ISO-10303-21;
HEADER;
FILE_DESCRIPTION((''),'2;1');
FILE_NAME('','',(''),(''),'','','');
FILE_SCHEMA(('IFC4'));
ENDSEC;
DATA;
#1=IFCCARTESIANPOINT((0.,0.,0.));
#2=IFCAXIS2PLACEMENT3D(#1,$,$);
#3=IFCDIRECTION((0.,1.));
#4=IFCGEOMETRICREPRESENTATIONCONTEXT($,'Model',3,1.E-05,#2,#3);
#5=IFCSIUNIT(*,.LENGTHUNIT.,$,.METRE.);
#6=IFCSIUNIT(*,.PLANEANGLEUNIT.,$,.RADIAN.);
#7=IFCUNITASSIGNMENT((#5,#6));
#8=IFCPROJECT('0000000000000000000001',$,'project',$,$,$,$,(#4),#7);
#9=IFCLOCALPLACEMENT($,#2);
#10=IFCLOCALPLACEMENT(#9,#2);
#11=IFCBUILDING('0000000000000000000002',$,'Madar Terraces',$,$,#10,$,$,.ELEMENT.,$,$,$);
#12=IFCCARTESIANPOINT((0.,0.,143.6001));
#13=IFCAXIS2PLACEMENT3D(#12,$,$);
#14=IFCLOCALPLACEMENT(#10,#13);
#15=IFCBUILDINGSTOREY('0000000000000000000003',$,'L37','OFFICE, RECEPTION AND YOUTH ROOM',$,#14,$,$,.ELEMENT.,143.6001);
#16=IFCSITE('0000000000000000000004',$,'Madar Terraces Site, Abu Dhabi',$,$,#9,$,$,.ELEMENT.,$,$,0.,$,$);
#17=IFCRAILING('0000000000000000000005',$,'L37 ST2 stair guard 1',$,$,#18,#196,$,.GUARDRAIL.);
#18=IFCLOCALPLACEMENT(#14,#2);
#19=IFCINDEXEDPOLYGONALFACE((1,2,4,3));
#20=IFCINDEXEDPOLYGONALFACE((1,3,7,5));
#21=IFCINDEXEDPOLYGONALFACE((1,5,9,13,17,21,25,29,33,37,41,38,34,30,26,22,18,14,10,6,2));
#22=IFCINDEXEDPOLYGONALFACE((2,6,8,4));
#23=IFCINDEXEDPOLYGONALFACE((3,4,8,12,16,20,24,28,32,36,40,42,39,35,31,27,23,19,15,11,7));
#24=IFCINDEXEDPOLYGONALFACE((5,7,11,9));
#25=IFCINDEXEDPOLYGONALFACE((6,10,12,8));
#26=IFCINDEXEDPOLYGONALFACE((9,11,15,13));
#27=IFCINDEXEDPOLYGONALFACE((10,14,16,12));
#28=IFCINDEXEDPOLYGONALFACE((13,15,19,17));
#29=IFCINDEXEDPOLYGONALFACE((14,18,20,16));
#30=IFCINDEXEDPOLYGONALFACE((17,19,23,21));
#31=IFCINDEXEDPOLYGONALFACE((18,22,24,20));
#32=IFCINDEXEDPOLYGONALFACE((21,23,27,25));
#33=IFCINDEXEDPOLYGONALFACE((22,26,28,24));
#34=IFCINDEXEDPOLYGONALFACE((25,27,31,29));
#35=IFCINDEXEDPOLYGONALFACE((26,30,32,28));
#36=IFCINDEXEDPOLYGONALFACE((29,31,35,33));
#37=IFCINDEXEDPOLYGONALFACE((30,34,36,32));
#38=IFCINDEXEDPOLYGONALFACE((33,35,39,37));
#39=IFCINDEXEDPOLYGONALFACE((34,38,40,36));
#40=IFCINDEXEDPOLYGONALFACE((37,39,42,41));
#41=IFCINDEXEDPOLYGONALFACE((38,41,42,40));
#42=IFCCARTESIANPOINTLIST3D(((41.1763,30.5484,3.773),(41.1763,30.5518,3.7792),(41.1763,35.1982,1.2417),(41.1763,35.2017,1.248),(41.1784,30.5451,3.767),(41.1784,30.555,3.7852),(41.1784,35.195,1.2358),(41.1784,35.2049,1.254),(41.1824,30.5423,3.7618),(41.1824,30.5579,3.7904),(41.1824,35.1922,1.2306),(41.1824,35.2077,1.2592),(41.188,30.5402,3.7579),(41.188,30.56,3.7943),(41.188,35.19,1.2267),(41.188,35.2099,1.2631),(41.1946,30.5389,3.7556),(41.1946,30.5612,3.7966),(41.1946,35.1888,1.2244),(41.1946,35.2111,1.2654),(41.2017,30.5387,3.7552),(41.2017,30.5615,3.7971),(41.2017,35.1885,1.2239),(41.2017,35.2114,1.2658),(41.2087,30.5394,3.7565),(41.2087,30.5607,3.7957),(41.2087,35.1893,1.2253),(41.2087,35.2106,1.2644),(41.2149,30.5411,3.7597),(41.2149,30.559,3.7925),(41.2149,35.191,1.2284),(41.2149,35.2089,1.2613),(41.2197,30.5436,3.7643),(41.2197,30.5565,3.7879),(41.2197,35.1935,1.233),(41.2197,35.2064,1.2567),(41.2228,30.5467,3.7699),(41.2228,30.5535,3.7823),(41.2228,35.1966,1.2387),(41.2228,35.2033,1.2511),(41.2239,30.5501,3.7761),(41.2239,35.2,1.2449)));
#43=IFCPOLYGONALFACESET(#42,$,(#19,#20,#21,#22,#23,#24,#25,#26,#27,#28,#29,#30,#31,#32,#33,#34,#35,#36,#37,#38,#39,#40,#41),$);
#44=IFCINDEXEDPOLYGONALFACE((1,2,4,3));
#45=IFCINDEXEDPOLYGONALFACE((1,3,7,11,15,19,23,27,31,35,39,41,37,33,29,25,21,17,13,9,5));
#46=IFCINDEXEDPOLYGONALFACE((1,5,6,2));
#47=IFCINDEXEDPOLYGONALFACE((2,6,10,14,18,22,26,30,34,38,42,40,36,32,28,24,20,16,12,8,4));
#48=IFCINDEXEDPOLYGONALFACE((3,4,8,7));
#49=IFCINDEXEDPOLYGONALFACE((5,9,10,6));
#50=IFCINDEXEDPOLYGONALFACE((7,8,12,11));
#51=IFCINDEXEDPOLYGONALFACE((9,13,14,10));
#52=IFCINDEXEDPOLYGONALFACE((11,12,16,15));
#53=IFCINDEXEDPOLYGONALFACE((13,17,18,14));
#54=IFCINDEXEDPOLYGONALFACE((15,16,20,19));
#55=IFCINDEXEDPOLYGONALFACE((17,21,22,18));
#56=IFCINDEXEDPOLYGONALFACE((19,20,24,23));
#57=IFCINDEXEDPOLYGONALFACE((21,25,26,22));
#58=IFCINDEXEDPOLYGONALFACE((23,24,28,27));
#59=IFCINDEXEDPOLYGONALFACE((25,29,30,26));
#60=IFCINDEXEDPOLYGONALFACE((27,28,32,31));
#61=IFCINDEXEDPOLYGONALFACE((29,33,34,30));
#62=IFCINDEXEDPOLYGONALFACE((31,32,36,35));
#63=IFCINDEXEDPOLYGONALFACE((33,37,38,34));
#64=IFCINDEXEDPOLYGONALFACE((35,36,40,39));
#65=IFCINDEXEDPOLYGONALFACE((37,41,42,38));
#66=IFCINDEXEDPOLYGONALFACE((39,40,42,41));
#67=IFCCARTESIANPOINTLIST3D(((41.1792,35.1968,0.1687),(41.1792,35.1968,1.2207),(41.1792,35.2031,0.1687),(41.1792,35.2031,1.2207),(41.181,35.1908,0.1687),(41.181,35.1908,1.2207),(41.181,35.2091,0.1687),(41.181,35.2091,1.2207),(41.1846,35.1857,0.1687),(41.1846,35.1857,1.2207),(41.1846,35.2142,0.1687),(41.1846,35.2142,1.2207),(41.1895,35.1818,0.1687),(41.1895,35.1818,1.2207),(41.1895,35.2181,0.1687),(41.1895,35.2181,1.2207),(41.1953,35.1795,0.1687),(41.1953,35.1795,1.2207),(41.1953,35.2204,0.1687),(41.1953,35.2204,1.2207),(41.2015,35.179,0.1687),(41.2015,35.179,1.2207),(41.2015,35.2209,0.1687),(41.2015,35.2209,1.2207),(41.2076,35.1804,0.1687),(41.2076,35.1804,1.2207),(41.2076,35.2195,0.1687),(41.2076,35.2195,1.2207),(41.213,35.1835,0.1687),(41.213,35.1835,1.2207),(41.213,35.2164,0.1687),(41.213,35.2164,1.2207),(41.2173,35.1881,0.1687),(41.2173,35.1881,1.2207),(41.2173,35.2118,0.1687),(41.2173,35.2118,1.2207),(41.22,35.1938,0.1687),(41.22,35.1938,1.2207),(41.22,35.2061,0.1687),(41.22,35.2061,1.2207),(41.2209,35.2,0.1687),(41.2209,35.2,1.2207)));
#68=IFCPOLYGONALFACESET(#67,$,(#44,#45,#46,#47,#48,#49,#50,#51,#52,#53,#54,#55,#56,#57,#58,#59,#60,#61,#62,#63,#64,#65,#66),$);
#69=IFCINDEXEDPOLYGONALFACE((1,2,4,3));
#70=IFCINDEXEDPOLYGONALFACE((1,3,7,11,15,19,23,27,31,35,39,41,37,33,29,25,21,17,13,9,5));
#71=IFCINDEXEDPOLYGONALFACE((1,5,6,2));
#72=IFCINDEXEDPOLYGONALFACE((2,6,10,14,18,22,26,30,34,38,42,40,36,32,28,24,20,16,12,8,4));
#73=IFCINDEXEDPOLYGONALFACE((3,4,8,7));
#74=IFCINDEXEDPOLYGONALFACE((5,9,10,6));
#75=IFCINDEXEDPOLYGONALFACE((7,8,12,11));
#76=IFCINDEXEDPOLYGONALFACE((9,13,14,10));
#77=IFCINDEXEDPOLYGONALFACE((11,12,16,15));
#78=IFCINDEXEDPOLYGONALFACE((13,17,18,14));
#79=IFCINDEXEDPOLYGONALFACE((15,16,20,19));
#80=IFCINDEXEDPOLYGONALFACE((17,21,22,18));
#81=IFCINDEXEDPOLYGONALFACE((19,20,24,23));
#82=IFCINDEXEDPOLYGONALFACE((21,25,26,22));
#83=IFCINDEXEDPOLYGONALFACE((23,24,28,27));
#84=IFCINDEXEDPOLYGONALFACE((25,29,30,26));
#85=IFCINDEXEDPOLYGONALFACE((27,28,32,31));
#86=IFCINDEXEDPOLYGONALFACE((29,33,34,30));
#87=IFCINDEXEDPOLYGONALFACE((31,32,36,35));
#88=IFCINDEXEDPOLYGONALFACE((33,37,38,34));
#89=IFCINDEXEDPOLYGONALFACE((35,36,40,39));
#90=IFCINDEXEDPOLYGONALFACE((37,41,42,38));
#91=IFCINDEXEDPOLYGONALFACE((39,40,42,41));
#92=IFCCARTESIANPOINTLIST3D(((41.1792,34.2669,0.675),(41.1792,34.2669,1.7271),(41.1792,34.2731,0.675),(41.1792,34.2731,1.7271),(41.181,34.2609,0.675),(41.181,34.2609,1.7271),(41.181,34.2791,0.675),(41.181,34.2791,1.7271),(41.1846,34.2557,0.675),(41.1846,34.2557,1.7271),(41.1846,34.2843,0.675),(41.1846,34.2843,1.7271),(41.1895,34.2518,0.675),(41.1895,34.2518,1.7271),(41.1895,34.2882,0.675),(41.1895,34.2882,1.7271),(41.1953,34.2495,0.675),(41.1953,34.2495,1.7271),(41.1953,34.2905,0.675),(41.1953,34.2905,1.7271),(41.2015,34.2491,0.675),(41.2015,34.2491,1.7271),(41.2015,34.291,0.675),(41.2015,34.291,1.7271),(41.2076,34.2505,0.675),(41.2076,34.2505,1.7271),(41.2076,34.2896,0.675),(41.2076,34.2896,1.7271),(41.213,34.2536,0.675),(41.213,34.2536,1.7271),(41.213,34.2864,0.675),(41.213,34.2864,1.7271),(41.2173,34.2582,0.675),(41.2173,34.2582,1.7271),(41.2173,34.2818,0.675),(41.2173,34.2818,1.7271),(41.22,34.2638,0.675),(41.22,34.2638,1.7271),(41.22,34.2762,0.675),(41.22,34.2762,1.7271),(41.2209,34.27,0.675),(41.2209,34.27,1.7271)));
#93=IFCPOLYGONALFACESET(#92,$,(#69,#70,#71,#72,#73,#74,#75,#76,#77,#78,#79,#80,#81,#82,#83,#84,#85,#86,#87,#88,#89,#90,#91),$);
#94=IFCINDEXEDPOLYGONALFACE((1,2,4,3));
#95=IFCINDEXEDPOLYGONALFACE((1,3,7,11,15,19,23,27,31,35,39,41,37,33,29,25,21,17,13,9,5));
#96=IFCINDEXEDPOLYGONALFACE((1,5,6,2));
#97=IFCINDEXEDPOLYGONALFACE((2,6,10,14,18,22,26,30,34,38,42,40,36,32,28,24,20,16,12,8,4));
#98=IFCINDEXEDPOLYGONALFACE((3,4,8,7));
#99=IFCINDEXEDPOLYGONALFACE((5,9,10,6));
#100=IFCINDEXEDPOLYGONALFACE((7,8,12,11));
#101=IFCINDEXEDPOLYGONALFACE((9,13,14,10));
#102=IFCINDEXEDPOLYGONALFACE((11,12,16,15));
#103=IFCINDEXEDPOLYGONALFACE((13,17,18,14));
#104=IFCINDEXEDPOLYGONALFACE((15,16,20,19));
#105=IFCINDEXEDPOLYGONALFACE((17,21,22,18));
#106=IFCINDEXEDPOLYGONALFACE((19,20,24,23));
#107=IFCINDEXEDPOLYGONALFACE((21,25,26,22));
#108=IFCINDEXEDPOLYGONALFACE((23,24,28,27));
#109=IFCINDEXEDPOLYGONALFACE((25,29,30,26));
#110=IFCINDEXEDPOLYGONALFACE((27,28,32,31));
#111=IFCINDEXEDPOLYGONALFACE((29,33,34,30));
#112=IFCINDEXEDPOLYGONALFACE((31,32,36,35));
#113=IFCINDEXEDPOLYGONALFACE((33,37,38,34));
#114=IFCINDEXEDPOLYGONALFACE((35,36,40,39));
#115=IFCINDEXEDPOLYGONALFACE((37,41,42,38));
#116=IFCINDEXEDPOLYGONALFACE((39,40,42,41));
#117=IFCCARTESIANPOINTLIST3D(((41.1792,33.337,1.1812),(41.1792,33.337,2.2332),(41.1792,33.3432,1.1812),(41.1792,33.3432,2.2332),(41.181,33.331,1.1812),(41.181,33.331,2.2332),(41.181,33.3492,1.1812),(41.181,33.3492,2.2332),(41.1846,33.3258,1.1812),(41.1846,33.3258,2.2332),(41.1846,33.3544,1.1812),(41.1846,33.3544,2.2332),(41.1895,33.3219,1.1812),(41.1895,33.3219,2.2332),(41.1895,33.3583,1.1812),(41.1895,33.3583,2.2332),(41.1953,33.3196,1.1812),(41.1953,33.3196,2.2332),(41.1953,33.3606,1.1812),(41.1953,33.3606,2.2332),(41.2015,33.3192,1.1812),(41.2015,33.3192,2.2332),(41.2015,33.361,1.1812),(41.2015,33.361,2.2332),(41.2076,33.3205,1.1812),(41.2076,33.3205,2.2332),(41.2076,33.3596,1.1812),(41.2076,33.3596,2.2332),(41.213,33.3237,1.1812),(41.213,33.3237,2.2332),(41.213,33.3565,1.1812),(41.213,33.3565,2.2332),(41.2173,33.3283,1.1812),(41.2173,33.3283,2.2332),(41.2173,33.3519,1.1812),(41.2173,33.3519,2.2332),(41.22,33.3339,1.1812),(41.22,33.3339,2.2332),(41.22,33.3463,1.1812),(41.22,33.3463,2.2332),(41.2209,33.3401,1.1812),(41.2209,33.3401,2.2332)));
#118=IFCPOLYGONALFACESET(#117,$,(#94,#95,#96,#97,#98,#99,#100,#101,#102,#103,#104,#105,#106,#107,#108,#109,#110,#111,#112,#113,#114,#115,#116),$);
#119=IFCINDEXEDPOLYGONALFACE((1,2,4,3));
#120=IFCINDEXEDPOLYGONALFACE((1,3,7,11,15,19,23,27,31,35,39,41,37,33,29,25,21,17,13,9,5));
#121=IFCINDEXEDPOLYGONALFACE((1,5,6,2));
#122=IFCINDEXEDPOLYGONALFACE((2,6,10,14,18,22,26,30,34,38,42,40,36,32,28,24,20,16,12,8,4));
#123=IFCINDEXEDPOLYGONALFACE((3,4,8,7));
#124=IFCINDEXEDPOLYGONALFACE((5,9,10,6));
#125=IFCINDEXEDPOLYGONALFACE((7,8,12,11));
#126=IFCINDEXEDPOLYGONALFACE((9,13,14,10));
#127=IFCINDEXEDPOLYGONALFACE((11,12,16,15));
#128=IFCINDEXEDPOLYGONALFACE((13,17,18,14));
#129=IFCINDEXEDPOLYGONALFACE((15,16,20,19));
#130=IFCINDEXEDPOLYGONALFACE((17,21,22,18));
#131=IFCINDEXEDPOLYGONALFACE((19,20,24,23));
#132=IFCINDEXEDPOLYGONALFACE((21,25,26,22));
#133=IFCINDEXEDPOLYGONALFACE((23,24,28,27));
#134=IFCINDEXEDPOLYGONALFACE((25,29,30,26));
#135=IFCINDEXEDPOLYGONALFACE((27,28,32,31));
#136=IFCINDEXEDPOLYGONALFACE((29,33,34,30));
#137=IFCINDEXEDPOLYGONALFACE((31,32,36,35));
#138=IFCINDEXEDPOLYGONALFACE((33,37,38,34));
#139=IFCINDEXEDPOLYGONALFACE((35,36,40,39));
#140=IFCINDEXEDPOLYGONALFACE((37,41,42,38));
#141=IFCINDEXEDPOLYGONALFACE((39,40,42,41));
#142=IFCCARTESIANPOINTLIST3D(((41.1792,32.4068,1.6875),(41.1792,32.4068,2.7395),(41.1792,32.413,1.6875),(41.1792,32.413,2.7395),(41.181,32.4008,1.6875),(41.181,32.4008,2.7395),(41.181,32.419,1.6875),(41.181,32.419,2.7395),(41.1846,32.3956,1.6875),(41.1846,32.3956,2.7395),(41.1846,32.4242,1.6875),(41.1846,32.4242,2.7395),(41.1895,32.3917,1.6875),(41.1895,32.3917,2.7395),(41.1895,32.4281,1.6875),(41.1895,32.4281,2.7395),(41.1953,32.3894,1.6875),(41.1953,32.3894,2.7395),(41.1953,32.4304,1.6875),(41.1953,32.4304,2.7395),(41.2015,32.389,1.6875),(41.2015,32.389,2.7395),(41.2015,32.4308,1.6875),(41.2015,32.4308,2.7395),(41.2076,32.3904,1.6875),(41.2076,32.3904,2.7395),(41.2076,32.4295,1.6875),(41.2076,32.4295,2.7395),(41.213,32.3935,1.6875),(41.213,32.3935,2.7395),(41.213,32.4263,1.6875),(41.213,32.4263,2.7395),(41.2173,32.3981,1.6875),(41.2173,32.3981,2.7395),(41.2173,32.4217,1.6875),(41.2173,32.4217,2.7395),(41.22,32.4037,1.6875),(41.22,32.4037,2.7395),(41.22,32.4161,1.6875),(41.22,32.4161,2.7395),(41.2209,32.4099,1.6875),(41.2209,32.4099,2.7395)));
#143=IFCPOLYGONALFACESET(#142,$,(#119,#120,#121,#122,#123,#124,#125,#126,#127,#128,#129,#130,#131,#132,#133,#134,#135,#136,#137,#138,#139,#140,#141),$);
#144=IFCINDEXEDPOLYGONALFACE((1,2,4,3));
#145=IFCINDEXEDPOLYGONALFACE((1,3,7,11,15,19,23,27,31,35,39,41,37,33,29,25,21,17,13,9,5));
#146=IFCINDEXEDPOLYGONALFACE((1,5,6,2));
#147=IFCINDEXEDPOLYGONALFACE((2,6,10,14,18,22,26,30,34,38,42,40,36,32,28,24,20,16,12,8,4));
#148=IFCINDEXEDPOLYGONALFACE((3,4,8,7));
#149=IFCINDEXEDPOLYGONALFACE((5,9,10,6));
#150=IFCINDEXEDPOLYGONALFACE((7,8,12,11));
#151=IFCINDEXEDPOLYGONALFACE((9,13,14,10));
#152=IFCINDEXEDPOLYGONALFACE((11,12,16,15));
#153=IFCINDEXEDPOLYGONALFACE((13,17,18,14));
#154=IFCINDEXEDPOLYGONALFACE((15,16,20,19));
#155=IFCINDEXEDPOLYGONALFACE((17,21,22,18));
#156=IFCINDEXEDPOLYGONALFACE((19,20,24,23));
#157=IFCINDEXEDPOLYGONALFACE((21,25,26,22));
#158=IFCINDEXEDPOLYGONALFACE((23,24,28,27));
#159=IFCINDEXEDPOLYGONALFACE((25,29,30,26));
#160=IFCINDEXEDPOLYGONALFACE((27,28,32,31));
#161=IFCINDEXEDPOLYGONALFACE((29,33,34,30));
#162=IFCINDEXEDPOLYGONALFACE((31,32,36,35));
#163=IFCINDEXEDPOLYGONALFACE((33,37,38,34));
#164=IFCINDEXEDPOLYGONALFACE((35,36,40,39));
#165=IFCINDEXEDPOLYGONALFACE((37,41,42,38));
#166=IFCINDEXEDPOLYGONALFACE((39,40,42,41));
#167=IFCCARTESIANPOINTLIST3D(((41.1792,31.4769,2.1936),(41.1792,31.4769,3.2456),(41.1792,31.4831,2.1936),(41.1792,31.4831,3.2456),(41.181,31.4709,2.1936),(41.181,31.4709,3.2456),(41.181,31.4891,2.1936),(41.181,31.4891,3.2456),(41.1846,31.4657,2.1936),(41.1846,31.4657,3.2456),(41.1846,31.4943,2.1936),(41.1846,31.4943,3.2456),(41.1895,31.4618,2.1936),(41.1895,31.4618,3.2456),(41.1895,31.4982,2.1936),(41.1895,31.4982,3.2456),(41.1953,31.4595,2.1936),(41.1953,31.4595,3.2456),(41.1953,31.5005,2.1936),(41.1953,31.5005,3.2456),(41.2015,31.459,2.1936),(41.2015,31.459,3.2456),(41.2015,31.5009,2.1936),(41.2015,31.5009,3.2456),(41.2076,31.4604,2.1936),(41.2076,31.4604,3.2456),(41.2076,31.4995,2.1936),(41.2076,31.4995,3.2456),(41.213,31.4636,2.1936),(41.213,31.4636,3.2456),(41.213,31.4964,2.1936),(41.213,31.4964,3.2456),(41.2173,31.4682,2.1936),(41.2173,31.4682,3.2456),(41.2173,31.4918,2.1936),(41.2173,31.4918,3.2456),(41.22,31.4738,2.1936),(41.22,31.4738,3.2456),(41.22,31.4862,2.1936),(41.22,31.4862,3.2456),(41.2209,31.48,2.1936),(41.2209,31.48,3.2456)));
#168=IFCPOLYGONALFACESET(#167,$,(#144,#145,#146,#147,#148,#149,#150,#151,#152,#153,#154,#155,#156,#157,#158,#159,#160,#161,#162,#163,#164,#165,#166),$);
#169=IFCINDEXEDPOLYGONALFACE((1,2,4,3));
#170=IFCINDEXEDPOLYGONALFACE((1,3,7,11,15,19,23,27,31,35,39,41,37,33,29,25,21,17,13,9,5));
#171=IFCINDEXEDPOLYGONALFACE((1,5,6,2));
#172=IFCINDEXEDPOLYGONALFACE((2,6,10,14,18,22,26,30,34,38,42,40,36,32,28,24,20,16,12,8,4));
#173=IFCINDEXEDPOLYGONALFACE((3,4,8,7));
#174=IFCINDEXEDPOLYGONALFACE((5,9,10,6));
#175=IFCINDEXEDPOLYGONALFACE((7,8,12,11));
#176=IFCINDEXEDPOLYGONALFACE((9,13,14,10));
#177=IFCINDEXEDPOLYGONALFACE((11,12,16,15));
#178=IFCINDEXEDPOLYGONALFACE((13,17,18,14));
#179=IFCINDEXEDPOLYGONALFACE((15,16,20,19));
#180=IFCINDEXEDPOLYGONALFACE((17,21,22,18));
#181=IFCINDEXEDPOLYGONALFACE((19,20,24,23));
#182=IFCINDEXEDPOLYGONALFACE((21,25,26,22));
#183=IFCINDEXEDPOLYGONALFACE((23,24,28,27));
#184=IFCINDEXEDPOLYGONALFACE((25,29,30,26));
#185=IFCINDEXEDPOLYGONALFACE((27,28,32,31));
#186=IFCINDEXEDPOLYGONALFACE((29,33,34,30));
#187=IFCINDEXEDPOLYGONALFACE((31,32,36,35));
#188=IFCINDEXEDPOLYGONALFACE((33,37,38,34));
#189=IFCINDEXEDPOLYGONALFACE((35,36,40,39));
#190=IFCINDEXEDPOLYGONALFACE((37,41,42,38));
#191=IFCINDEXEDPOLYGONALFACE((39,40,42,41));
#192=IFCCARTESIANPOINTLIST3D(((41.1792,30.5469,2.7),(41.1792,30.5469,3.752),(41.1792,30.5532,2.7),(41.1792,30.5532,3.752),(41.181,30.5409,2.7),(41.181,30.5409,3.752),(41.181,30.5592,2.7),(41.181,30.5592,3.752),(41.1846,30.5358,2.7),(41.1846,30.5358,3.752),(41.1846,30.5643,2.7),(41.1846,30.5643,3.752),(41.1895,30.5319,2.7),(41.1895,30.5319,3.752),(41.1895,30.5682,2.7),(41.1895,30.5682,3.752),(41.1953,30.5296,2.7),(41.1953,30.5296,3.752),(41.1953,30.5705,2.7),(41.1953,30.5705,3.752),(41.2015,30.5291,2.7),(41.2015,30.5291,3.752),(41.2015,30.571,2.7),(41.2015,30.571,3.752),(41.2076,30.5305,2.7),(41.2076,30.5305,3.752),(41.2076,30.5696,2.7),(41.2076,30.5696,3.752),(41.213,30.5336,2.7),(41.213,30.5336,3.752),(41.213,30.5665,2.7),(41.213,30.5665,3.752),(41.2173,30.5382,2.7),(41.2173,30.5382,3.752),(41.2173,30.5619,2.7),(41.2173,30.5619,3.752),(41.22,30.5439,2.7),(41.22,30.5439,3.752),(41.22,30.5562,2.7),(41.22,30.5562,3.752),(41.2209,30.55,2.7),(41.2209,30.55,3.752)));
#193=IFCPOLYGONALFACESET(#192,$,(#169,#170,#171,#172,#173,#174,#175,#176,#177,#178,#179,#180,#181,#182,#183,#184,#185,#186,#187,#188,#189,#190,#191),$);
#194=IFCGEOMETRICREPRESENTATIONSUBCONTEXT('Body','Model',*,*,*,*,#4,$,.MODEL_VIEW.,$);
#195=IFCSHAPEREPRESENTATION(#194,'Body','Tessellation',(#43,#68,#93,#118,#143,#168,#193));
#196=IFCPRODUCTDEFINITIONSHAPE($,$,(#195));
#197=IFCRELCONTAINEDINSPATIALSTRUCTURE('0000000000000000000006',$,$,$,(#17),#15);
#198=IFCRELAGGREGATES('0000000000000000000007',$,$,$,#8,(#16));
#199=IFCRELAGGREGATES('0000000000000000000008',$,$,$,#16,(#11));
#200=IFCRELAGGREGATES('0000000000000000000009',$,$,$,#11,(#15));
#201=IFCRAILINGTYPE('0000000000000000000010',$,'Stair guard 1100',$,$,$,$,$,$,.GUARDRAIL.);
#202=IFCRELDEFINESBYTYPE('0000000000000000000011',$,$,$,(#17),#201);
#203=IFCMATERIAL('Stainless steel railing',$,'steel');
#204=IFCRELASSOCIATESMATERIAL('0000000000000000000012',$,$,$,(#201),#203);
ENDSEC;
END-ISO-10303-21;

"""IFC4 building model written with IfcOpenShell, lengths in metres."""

from ifc_helpers import new_model, si_unit, direction, frame, origin, origin_2d, place, context, subcontext, project, spatial, circle, extrude, material, type_object, element, save


model = new_model("IFC4")

# Units and contexts
model_context = context("Model", 3, precision=1e-05, world=origin(), true_north=direction((0.0, 1.0)))
body_context = subcontext(model_context, "Body", "Model", "MODEL_VIEW")
ifc_project = project(units=[si_unit("LENGTHUNIT", "METRE"), si_unit("PLANEANGLEUNIT", "RADIAN")], contexts=[model_context])

# Site, building, storey
site_placement = place(None, origin())
site = spatial("IfcSite", under=ifc_project, at=site_placement, Name="Madar Terraces Site, Abu Dhabi", CompositionType="ELEMENT", RefElevation=0.0)
building_placement = place(site_placement, origin())
building = spatial("IfcBuilding", under=site, at=building_placement, Name="Madar Terraces", CompositionType="ELEMENT")
storey_placement = place(building_placement, frame((0.0, 0.0, 143.6001)))
storey = spatial("IfcBuildingStorey", under=building, at=storey_placement, Name="L37", Description="OFFICE, RECEPTION AND YOUTH ROOM", CompositionType="ELEMENT", Elevation=143.6001)

# Railing
ifc_material_1 = material(Name="Stainless steel railing", Category="steel")
railing_type_1 = type_object("IfcRailingType", Name="Stair guard 1100", PredefinedType="GUARDRAIL", material=ifc_material_1)
railing_1_placement = place(storey_placement, frame((41.2, 35.2, 0.1687)))
element("IfcRailing", 1, at=railing_1_placement, inside=storey, type_object=railing_type_1, Name="L37 ST2 stair guard 1", PredefinedType="GUARDRAIL", context=body_context, shape_type="SweptSolid", body=[
    extrude(circle(Radius=0.0239, at=origin_2d()), frame((0.0, 0.0, 1.0762), z_axis=(0.0, -0.878297, 0.478115), x_axis=(1.0, 0.0, 0.0)), (0.0, 0.0, 1.0), 5.2942),
    extrude(circle(Radius=0.021, at=origin_2d()), origin(), (0.0, 0.0, 1.0), 1.052),
    extrude(circle(Radius=0.021, at=origin_2d()), frame((0.0, -0.9299, 0.5063)), (0.0, 0.0, 1.0), 1.052),
    extrude(circle(Radius=0.021, at=origin_2d()), frame((0.0, -1.8599, 1.0125)), (0.0, 0.0, 1.0), 1.052),
    extrude(circle(Radius=0.021, at=origin_2d()), frame((0.0, -2.79, 1.5188)), (0.0, 0.0, 1.0), 1.052),
    extrude(circle(Radius=0.021, at=origin_2d()), frame((0.0, -3.72, 2.0249)), (0.0, 0.0, 1.0), 1.052),
    extrude(circle(Radius=0.021, at=origin_2d()), frame((0.0, -4.6499, 2.5312)), (0.0, 0.0, 1.0), 1.052),
])

save(model, "model.ifc")
